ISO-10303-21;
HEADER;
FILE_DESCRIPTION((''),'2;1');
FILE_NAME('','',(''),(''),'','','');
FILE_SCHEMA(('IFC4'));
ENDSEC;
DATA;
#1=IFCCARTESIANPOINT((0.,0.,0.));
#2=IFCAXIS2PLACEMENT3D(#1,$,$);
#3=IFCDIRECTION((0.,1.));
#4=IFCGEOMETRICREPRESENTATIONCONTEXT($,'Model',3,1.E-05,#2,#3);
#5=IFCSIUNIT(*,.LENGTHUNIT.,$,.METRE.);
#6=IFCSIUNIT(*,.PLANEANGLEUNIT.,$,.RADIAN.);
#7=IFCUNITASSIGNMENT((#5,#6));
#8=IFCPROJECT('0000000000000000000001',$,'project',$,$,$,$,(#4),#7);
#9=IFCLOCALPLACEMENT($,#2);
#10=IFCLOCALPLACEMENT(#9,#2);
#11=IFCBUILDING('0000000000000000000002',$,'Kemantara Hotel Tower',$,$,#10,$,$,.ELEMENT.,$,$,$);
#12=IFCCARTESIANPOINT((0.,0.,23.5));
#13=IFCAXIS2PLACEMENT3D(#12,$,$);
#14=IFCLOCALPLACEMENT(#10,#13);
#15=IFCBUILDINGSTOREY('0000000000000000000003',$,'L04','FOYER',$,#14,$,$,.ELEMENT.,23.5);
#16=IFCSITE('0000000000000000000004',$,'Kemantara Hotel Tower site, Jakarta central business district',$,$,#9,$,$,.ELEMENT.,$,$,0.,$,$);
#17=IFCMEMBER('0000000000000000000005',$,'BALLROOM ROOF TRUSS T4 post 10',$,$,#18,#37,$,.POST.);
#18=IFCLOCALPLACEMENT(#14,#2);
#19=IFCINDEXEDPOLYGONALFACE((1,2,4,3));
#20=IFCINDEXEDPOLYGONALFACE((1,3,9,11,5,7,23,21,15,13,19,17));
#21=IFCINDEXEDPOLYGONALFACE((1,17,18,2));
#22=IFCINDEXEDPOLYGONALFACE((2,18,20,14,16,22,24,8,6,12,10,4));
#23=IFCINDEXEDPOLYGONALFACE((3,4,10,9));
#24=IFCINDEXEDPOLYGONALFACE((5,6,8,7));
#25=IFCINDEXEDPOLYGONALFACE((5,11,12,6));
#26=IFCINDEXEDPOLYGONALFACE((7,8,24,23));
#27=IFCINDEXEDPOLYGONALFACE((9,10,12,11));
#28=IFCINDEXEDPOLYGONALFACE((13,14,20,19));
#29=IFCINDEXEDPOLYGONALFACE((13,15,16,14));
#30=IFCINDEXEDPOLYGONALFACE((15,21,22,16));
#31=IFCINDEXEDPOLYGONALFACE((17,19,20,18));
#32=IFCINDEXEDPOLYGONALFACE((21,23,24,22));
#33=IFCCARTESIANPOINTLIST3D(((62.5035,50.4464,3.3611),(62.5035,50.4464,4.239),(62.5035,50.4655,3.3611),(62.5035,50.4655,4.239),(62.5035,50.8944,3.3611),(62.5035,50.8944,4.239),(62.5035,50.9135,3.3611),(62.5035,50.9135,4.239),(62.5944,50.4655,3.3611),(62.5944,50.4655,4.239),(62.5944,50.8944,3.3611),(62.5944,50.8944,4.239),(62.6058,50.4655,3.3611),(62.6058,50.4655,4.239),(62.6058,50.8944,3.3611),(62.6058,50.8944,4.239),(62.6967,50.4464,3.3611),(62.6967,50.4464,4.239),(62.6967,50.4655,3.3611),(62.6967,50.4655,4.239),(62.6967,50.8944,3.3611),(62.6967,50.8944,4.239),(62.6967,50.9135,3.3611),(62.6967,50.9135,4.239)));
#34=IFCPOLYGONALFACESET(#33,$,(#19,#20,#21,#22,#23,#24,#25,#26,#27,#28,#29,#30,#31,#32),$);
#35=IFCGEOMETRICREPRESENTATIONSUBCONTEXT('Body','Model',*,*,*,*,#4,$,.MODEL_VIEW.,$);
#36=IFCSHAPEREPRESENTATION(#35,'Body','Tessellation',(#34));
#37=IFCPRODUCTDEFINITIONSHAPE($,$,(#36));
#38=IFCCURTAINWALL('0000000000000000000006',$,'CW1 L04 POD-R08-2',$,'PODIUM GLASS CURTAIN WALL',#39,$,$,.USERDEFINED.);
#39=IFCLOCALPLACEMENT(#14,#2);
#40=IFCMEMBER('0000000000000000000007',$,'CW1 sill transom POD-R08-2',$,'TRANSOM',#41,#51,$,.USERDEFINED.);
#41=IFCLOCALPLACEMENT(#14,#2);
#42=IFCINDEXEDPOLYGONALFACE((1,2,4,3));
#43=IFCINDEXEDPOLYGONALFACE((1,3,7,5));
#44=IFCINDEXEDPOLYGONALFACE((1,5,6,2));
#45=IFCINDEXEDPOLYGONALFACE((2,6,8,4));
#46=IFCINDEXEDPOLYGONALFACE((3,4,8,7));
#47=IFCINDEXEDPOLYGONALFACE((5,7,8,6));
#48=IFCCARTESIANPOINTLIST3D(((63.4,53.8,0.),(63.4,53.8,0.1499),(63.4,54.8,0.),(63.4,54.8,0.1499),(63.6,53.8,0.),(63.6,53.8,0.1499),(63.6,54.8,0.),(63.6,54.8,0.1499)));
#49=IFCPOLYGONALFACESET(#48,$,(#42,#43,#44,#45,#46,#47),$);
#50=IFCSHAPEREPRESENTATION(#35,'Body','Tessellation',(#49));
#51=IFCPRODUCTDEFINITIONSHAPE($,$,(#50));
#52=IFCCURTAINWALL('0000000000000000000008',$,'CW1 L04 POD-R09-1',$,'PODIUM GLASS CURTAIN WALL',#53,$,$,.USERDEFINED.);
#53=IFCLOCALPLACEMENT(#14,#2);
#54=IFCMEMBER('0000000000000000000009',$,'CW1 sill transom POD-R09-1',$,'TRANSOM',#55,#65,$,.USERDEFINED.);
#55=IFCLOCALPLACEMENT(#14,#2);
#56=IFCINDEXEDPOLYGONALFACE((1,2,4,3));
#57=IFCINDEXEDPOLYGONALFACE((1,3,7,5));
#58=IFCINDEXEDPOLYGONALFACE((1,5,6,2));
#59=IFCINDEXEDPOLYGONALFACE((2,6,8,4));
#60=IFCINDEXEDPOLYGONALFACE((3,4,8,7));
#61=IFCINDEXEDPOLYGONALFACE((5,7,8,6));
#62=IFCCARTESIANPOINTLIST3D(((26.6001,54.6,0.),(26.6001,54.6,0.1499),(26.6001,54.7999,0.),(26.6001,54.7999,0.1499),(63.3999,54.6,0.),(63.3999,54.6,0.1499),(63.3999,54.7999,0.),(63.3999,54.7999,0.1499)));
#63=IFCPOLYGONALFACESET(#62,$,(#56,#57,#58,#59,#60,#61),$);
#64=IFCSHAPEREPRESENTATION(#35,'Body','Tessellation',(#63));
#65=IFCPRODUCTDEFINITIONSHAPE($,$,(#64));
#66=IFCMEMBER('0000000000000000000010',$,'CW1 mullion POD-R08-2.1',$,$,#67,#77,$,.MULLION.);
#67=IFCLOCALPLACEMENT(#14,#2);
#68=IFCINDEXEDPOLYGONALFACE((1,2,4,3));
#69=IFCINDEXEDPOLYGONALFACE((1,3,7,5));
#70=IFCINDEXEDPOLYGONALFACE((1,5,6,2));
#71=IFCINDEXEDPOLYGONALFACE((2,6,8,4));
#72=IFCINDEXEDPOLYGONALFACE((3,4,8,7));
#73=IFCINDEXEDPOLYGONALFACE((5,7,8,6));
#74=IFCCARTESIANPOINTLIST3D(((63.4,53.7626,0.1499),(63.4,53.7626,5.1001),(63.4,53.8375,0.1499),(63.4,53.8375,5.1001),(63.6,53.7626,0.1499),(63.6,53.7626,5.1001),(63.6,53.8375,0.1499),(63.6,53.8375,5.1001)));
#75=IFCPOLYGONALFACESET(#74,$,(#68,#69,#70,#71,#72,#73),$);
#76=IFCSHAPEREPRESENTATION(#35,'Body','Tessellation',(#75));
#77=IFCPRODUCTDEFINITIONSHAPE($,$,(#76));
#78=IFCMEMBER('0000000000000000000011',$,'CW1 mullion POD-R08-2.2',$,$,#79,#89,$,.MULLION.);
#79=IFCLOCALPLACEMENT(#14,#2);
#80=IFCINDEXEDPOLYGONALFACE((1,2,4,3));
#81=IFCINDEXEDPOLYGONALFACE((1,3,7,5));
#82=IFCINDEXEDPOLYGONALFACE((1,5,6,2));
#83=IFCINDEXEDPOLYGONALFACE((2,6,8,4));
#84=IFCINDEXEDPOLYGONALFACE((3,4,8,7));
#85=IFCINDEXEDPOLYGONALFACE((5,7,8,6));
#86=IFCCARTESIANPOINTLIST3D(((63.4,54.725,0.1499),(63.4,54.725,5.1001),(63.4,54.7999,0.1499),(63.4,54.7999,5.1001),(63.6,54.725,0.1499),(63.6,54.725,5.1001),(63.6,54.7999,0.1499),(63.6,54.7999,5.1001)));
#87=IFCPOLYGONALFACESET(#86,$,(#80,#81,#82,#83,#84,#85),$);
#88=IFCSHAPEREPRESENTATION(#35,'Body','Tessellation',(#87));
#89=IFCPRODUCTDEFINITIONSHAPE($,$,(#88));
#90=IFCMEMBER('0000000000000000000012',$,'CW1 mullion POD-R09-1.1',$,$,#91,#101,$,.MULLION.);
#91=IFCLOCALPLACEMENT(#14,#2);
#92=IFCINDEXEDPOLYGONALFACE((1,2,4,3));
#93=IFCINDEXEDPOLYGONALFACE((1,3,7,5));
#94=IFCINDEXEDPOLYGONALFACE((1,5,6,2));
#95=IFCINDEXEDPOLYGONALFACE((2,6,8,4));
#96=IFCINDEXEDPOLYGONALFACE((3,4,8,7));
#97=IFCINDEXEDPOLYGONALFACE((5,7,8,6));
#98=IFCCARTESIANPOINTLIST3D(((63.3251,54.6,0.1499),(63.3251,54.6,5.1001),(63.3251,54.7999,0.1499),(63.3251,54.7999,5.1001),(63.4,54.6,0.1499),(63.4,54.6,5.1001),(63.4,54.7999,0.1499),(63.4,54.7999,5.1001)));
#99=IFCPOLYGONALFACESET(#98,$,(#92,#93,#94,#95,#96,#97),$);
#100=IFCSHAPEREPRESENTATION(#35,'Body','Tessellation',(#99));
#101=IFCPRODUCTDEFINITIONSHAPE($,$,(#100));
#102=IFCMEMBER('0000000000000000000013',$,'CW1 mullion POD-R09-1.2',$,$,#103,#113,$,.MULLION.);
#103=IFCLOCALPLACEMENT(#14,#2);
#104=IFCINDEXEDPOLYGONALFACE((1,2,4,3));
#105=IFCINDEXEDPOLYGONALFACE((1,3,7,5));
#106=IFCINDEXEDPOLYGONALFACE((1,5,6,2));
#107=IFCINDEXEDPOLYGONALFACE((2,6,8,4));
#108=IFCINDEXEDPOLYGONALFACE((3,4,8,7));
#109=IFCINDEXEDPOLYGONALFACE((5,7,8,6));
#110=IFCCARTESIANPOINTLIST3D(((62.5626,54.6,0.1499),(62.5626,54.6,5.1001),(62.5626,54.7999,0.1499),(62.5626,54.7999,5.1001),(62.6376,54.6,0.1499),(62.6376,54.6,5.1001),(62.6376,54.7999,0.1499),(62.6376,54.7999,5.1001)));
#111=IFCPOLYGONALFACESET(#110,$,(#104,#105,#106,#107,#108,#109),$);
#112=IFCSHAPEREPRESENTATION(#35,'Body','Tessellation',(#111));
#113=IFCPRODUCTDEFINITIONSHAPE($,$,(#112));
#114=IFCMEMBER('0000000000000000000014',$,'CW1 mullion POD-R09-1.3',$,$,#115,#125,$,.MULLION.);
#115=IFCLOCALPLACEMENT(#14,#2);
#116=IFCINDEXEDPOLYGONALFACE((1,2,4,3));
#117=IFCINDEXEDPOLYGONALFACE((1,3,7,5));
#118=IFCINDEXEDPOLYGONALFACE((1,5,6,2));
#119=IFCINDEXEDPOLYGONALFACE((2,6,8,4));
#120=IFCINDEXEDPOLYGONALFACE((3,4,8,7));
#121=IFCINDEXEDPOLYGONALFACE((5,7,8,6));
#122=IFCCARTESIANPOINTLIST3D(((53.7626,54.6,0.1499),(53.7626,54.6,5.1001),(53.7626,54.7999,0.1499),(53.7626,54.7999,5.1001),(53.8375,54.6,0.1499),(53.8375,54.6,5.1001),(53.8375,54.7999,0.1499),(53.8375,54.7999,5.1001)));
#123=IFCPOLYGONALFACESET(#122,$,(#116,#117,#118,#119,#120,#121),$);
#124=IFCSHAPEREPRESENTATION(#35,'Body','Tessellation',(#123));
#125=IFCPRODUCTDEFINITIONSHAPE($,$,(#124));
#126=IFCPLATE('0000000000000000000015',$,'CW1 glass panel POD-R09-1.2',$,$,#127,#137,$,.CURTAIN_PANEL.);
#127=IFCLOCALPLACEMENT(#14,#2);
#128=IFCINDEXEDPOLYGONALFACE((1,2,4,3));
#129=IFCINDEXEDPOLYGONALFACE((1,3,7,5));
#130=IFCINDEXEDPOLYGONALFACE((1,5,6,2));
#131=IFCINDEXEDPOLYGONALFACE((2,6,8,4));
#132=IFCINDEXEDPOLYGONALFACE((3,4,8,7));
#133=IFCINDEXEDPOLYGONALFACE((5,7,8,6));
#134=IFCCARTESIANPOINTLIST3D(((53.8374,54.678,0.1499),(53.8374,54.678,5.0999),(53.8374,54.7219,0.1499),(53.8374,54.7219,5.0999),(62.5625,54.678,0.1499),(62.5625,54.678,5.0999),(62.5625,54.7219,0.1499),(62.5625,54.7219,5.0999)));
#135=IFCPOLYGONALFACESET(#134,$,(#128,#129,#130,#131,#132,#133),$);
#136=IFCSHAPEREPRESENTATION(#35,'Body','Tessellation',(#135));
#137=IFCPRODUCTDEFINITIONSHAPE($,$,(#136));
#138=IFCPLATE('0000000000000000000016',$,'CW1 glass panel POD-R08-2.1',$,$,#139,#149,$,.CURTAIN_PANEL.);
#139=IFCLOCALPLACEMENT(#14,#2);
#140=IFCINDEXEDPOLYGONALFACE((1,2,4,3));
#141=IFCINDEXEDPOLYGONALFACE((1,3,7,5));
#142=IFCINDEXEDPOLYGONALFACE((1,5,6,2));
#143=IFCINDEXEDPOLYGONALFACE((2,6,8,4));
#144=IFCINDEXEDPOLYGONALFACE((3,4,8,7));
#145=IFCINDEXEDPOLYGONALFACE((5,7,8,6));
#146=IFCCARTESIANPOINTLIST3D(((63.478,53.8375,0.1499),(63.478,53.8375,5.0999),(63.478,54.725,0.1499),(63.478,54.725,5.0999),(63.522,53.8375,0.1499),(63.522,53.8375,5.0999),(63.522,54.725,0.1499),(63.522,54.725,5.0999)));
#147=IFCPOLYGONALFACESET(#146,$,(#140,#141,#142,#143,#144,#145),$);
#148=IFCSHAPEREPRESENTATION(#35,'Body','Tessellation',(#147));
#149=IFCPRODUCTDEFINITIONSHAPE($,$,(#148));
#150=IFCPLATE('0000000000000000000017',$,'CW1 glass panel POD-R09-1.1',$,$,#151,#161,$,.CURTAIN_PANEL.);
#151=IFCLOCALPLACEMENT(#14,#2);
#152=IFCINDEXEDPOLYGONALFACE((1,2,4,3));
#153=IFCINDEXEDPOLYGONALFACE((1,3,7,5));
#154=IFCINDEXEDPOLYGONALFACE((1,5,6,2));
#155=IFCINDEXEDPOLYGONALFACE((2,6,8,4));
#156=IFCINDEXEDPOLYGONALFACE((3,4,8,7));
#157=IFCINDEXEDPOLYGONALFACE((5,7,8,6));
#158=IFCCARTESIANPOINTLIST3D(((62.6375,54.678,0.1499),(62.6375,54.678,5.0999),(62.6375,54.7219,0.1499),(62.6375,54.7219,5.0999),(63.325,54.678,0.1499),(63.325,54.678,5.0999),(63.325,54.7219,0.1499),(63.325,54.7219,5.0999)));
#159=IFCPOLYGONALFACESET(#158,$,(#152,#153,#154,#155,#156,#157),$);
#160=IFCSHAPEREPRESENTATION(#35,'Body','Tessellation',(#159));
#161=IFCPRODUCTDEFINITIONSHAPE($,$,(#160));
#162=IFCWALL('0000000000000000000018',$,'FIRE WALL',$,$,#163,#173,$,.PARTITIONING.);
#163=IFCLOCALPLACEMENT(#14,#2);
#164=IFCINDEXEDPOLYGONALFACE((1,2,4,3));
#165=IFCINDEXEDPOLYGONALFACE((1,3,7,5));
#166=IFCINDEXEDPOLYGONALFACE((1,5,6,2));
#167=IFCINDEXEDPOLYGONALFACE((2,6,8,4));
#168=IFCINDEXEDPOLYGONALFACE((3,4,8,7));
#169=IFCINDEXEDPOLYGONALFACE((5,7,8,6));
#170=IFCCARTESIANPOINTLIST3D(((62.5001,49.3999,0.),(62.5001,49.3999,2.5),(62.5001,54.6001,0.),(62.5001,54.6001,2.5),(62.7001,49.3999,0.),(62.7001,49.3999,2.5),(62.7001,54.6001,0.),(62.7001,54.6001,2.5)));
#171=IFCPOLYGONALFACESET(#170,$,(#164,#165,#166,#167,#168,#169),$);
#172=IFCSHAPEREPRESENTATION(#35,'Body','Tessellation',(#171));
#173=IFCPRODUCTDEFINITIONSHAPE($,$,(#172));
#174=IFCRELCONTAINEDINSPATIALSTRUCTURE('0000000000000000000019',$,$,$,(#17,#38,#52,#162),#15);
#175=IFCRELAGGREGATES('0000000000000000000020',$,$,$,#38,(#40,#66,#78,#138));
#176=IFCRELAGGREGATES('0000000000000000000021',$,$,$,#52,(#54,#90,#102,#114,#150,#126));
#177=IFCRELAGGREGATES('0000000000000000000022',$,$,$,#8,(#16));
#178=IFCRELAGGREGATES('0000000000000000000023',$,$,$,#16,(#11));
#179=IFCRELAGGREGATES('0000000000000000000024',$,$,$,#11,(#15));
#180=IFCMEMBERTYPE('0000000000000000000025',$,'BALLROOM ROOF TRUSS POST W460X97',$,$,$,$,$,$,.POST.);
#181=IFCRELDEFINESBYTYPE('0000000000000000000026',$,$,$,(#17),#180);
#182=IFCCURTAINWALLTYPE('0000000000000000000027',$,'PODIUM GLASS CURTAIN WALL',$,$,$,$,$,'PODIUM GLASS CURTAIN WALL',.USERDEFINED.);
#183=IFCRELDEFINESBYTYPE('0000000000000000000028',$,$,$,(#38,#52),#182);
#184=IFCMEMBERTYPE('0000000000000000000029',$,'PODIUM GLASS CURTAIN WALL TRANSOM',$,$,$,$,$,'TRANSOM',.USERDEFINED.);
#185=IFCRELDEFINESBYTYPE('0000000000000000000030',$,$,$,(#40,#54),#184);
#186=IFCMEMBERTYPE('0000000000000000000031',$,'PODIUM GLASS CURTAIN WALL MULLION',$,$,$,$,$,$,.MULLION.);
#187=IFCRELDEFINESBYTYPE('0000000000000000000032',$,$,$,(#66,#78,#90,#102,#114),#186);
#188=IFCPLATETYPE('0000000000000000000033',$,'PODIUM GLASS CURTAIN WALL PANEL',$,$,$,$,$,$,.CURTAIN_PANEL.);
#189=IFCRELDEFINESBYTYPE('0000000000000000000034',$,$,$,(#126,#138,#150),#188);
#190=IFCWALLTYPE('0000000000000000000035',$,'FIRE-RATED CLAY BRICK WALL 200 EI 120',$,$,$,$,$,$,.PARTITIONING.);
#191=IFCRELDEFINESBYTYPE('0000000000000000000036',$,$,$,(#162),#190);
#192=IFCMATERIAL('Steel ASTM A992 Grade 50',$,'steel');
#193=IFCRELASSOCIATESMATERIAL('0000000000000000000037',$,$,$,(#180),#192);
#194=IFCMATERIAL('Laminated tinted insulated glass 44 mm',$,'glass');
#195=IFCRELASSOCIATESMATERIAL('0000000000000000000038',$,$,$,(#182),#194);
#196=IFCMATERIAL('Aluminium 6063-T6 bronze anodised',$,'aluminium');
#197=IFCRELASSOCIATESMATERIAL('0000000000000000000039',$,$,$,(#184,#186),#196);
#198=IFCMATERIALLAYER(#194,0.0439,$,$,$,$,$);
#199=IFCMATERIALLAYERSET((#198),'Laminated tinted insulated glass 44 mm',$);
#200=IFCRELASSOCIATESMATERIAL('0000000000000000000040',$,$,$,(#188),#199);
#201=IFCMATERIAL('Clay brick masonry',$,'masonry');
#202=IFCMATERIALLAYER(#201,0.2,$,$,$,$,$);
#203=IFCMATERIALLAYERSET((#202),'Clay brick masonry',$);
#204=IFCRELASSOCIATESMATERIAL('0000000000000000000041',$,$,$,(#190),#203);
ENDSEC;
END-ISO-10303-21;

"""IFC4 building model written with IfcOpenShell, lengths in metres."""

from ifc_helpers import new_model, si_unit, direction, frame, frame_2d, origin, origin_2d, place, context, subcontext, project, spatial, rectangle, i_section, extrude, source, transform, mapped, material, layer, layer_set, material_profile, profile_set, type_object, element, aggregate, save


model = new_model("IFC4")

# Units and contexts
model_context = context("Model", 3, precision=1e-05, world=origin(), true_north=direction((0.0, 1.0)))
body_context = subcontext(model_context, "Body", "Model", "MODEL_VIEW")
ifc_project = project(units=[si_unit("LENGTHUNIT", "METRE"), si_unit("PLANEANGLEUNIT", "RADIAN")], contexts=[model_context])

# Site, building, storey
site_placement = place(None, origin())
site = spatial("IfcSite", under=ifc_project, at=site_placement, Name="Kemantara Hotel Tower site, Jakarta central business district", CompositionType="ELEMENT", RefElevation=0.0)
building_placement = place(site_placement, origin())
building = spatial("IfcBuilding", under=site, at=building_placement, Name="Kemantara Hotel Tower", CompositionType="ELEMENT")
storey_placement = place(building_placement, frame((0.0, 0.0, 23.5)))
storey = spatial("IfcBuildingStorey", under=building, at=storey_placement, Name="L04", Description="FOYER", CompositionType="ELEMENT", Elevation=23.5)

# Member
ifc_material_1 = material(Name="Steel ASTM A992 Grade 50", Category="steel")
ifc_material_profile_1 = material_profile(ifc_material_1, i_section(OverallWidth=0.1931, OverallDepth=0.467, WebThickness=0.0115, FlangeThickness=0.019, at=origin_2d()), Name="W460X97")
ifc_profile_set_1 = profile_set([ifc_material_profile_1], Name="Steel ASTM A992 Grade 50")
member_type_1 = type_object("IfcMemberType", Name="BALLROOM ROOF TRUSS POST W460X97", PredefinedType="POST", material=ifc_profile_set_1)
for number, where, z_axis, x_axis, name in (
    (1, (62.6001, 50.6799, 3.3611), (0.0, 0.0, 1.0), (1.0, 0.0, 0.0), "BALLROOM ROOF TRUSS T4 post 10"),
):
    element("IfcMember", number, at=place(storey_placement, frame(where, z_axis=z_axis, x_axis=x_axis)), inside=storey, type_object=member_type_1, Name=name, PredefinedType="POST", context=body_context, shape_type="SweptSolid", body=[
        extrude(i_section(OverallWidth=0.1931, OverallDepth=0.467, WebThickness=0.0115, FlangeThickness=0.019, at=origin_2d()), origin(), (0.0, 0.0, 1.0), 0.8779),
    ])

# Curtain walls, members
ifc_material_2 = material(Name="Laminated tinted insulated glass 44 mm", Category="glass")
curtain_wall_type = type_object("IfcCurtainWallType", Name="PODIUM GLASS CURTAIN WALL", ElementType="PODIUM GLASS CURTAIN WALL", PredefinedType="USERDEFINED", material=ifc_material_2)
curtain_wall_1_placement = place(storey_placement, origin())
curtain_wall_1 = element("IfcCurtainWall", 2, at=curtain_wall_1_placement, inside=storey, type_object=curtain_wall_type, Name="CW1 L04 POD-R08-2", ObjectType="PODIUM GLASS CURTAIN WALL", PredefinedType="USERDEFINED")
ifc_material_3 = material(Name="Aluminium 6063-T6 bronze anodised", Category="aluminium")
ifc_material_profile_2 = material_profile(ifc_material_3, rectangle(XDim=0.2, YDim=0.1499, at=origin_2d()), Name="PODIUM GLASS CURTAIN WALL TRANSOM")
ifc_profile_set_2 = profile_set([ifc_material_profile_2], Name="Aluminium 6063-T6 bronze anodised")
member_type_2 = type_object("IfcMemberType", Name="PODIUM GLASS CURTAIN WALL TRANSOM", ElementType="TRANSOM", PredefinedType="USERDEFINED", material=ifc_profile_set_2)
member_1_placement = place(storey_placement, frame((63.5, 53.8, 0.075), z_axis=(0.0, 1.0, 0.0), x_axis=(-1.0, 0.0, 0.0)))
member_1 = element("IfcMember", 3, at=member_1_placement, type_object=member_type_2, Name="CW1 sill transom POD-R08-2", ObjectType="TRANSOM", PredefinedType="USERDEFINED", context=body_context, shape_type="SweptSolid", body=[
    extrude(rectangle(XDim=0.2, YDim=0.1499, at=origin_2d()), origin(), (0.0, 0.0, 1.0), 1.0),
])
curtain_wall_2_placement = place(storey_placement, origin())
curtain_wall_2 = element("IfcCurtainWall", 4, at=curtain_wall_2_placement, inside=storey, type_object=curtain_wall_type, Name="CW1 L04 POD-R09-1", ObjectType="PODIUM GLASS CURTAIN WALL", PredefinedType="USERDEFINED")
member_2_placement = place(storey_placement, frame((63.3999, 54.7, 0.075), z_axis=(-1.0, 0.0, 0.0), x_axis=(0.0, -1.0, 0.0)))
member_2 = element("IfcMember", 5, at=member_2_placement, type_object=member_type_2, Name="CW1 sill transom POD-R09-1", ObjectType="TRANSOM", PredefinedType="USERDEFINED", context=body_context, shape_type="SweptSolid", body=[
    extrude(rectangle(XDim=0.2, YDim=0.1499, at=origin_2d()), origin(), (0.0, 0.0, 1.0), 36.7998),
])

# Members
ifc_material_profile_3 = material_profile(ifc_material_3, rectangle(XDim=0.2, YDim=0.075, at=origin_2d()), Name="PODIUM GLASS CURTAIN WALL MULLION")
ifc_profile_set_3 = profile_set([ifc_material_profile_3], Name="Aluminium 6063-T6 bronze anodised")
member_type_3 = type_object("IfcMemberType", Name="PODIUM GLASS CURTAIN WALL MULLION", PredefinedType="MULLION", material=ifc_profile_set_3)
shared_shape_1 = source(origin(), body_context, "Body", "SweptSolid", [
    extrude(rectangle(XDim=0.2, YDim=0.075, at=origin_2d()), origin(), (0.0, 0.0, 1.0), 4.9502),
])
member_3_placement = place(storey_placement, frame((63.5, 53.8, 0.1499), z_axis=(0.0, 0.0, 1.0), x_axis=(-1.0, 0.0, 0.0)))
member_3 = element("IfcMember", 6, at=member_3_placement, type_object=member_type_3, Name="CW1 mullion POD-R08-2.1", PredefinedType="MULLION", context=body_context, shape_type="MappedRepresentation", body=[
    mapped(shared_shape_1, transform((0.0, 0.0, 0.0))),
])
member_4_placement = place(storey_placement, frame((63.5, 54.7625, 0.1499), z_axis=(0.0, 0.0, 1.0), x_axis=(-1.0, 0.0, 0.0)))
member_4 = element("IfcMember", 7, at=member_4_placement, type_object=member_type_3, Name="CW1 mullion POD-R08-2.2", PredefinedType="MULLION", context=body_context, shape_type="MappedRepresentation", body=[
    mapped(shared_shape_1, transform((0.0, 0.0, 0.0))),
])
member_5_placement = place(storey_placement, frame((63.3625, 54.7, 0.1499), z_axis=(0.0, 0.0, 1.0), x_axis=(0.0, -1.0, 0.0)))
member_5 = element("IfcMember", 8, at=member_5_placement, type_object=member_type_3, Name="CW1 mullion POD-R09-1.1", PredefinedType="MULLION", context=body_context, shape_type="MappedRepresentation", body=[
    mapped(shared_shape_1, transform((0.0, 0.0, 0.0))),
])
member_6_placement = place(storey_placement, frame((62.6001, 54.7, 0.1499), z_axis=(0.0, 0.0, 1.0), x_axis=(0.0, -1.0, 0.0)))
member_6 = element("IfcMember", 9, at=member_6_placement, type_object=member_type_3, Name="CW1 mullion POD-R09-1.2", PredefinedType="MULLION", context=body_context, shape_type="MappedRepresentation", body=[
    mapped(shared_shape_1, transform((0.0, 0.0, 0.0))),
])
member_7_placement = place(storey_placement, frame((53.8, 54.7, 0.1499), z_axis=(0.0, 0.0, 1.0), x_axis=(0.0, -1.0, 0.0)))
member_7 = element("IfcMember", 10, at=member_7_placement, type_object=member_type_3, Name="CW1 mullion POD-R09-1.3", PredefinedType="MULLION", context=body_context, shape_type="MappedRepresentation", body=[
    mapped(shared_shape_1, transform((0.0, 0.0, 0.0))),
])

# Plates
ifc_layer_1 = layer(ifc_material_2, 0.0439)
ifc_layer_set_1 = layer_set([ifc_layer_1], Name="Laminated tinted insulated glass 44 mm")
plate_type = type_object("IfcPlateType", Name="PODIUM GLASS CURTAIN WALL PANEL", PredefinedType="CURTAIN_PANEL", material=ifc_layer_set_1)
shared_shape_2 = source(origin(), body_context, "Body", "SweptSolid", [
    extrude(rectangle(XDim=8.7251, YDim=0.0439, at=origin_2d()), origin(), (0.0, 0.0, 1.0), 4.95),
])
plate_1_placement = place(storey_placement, frame((58.2, 54.7, 0.1499), z_axis=(0.0, 0.0, 1.0), x_axis=(-1.0, 0.0, 0.0)))
plate_1 = element("IfcPlate", 11, at=plate_1_placement, type_object=plate_type, Name="CW1 glass panel POD-R09-1.2", PredefinedType="CURTAIN_PANEL", context=body_context, shape_type="MappedRepresentation", body=[
    mapped(shared_shape_2, transform((0.0, 0.0, 0.0))),
])
shared_shape_3 = source(origin(), body_context, "Body", "SweptSolid", [
    extrude(rectangle(XDim=0.8875, YDim=0.0439, at=origin_2d()), origin(), (0.0, 0.0, 1.0), 4.95),
])
plate_2_placement = place(storey_placement, frame((63.5, 54.2812, 0.1499), z_axis=(0.0, 0.0, 1.0), x_axis=(0.0, 1.0, 0.0)))
plate_2 = element("IfcPlate", 12, at=plate_2_placement, type_object=plate_type, Name="CW1 glass panel POD-R08-2.1", PredefinedType="CURTAIN_PANEL", context=body_context, shape_type="MappedRepresentation", body=[
    mapped(shared_shape_3, transform((0.0, 0.0, 0.0))),
])
aggregate(curtain_wall_1, [member_1, member_3, member_4, plate_2])
shared_shape_4 = source(origin(), body_context, "Body", "SweptSolid", [
    extrude(rectangle(XDim=0.6875, YDim=0.0439, at=origin_2d()), origin(), (0.0, 0.0, 1.0), 4.95),
])
plate_3_placement = place(storey_placement, frame((62.9812, 54.7, 0.1499), z_axis=(0.0, 0.0, 1.0), x_axis=(-1.0, 0.0, 0.0)))
plate_3 = element("IfcPlate", 13, at=plate_3_placement, type_object=plate_type, Name="CW1 glass panel POD-R09-1.1", PredefinedType="CURTAIN_PANEL", context=body_context, shape_type="MappedRepresentation", body=[
    mapped(shared_shape_4, transform((0.0, 0.0, 0.0))),
])
aggregate(curtain_wall_2, [member_2, member_5, member_6, member_7, plate_3, plate_1])

# Wall
ifc_material_4 = material(Name="Clay brick masonry", Category="masonry")
ifc_layer_2 = layer(ifc_material_4, 0.2)
ifc_layer_set_2 = layer_set([ifc_layer_2], Name="Clay brick masonry")
wall_type = type_object("IfcWallType", Name="FIRE-RATED CLAY BRICK WALL 200 EI 120", PredefinedType="PARTITIONING", material=ifc_layer_set_2)
wall_placement = place(storey_placement, frame((62.6001, 49.3999, 0.0), z_axis=(0.0, 0.0, 1.0), x_axis=(0.0, 1.0, 0.0)))
element("IfcWall", 14, at=wall_placement, inside=storey, type_object=wall_type, Name="FIRE WALL", PredefinedType="PARTITIONING", context=body_context, shape_type="SweptSolid", body=[
    extrude(rectangle(XDim=5.2002, YDim=0.2, at=frame_2d((2.6001, 0.0))), origin(), (0.0, 0.0, 1.0), 2.5),
])

save(model, "model.ifc")
